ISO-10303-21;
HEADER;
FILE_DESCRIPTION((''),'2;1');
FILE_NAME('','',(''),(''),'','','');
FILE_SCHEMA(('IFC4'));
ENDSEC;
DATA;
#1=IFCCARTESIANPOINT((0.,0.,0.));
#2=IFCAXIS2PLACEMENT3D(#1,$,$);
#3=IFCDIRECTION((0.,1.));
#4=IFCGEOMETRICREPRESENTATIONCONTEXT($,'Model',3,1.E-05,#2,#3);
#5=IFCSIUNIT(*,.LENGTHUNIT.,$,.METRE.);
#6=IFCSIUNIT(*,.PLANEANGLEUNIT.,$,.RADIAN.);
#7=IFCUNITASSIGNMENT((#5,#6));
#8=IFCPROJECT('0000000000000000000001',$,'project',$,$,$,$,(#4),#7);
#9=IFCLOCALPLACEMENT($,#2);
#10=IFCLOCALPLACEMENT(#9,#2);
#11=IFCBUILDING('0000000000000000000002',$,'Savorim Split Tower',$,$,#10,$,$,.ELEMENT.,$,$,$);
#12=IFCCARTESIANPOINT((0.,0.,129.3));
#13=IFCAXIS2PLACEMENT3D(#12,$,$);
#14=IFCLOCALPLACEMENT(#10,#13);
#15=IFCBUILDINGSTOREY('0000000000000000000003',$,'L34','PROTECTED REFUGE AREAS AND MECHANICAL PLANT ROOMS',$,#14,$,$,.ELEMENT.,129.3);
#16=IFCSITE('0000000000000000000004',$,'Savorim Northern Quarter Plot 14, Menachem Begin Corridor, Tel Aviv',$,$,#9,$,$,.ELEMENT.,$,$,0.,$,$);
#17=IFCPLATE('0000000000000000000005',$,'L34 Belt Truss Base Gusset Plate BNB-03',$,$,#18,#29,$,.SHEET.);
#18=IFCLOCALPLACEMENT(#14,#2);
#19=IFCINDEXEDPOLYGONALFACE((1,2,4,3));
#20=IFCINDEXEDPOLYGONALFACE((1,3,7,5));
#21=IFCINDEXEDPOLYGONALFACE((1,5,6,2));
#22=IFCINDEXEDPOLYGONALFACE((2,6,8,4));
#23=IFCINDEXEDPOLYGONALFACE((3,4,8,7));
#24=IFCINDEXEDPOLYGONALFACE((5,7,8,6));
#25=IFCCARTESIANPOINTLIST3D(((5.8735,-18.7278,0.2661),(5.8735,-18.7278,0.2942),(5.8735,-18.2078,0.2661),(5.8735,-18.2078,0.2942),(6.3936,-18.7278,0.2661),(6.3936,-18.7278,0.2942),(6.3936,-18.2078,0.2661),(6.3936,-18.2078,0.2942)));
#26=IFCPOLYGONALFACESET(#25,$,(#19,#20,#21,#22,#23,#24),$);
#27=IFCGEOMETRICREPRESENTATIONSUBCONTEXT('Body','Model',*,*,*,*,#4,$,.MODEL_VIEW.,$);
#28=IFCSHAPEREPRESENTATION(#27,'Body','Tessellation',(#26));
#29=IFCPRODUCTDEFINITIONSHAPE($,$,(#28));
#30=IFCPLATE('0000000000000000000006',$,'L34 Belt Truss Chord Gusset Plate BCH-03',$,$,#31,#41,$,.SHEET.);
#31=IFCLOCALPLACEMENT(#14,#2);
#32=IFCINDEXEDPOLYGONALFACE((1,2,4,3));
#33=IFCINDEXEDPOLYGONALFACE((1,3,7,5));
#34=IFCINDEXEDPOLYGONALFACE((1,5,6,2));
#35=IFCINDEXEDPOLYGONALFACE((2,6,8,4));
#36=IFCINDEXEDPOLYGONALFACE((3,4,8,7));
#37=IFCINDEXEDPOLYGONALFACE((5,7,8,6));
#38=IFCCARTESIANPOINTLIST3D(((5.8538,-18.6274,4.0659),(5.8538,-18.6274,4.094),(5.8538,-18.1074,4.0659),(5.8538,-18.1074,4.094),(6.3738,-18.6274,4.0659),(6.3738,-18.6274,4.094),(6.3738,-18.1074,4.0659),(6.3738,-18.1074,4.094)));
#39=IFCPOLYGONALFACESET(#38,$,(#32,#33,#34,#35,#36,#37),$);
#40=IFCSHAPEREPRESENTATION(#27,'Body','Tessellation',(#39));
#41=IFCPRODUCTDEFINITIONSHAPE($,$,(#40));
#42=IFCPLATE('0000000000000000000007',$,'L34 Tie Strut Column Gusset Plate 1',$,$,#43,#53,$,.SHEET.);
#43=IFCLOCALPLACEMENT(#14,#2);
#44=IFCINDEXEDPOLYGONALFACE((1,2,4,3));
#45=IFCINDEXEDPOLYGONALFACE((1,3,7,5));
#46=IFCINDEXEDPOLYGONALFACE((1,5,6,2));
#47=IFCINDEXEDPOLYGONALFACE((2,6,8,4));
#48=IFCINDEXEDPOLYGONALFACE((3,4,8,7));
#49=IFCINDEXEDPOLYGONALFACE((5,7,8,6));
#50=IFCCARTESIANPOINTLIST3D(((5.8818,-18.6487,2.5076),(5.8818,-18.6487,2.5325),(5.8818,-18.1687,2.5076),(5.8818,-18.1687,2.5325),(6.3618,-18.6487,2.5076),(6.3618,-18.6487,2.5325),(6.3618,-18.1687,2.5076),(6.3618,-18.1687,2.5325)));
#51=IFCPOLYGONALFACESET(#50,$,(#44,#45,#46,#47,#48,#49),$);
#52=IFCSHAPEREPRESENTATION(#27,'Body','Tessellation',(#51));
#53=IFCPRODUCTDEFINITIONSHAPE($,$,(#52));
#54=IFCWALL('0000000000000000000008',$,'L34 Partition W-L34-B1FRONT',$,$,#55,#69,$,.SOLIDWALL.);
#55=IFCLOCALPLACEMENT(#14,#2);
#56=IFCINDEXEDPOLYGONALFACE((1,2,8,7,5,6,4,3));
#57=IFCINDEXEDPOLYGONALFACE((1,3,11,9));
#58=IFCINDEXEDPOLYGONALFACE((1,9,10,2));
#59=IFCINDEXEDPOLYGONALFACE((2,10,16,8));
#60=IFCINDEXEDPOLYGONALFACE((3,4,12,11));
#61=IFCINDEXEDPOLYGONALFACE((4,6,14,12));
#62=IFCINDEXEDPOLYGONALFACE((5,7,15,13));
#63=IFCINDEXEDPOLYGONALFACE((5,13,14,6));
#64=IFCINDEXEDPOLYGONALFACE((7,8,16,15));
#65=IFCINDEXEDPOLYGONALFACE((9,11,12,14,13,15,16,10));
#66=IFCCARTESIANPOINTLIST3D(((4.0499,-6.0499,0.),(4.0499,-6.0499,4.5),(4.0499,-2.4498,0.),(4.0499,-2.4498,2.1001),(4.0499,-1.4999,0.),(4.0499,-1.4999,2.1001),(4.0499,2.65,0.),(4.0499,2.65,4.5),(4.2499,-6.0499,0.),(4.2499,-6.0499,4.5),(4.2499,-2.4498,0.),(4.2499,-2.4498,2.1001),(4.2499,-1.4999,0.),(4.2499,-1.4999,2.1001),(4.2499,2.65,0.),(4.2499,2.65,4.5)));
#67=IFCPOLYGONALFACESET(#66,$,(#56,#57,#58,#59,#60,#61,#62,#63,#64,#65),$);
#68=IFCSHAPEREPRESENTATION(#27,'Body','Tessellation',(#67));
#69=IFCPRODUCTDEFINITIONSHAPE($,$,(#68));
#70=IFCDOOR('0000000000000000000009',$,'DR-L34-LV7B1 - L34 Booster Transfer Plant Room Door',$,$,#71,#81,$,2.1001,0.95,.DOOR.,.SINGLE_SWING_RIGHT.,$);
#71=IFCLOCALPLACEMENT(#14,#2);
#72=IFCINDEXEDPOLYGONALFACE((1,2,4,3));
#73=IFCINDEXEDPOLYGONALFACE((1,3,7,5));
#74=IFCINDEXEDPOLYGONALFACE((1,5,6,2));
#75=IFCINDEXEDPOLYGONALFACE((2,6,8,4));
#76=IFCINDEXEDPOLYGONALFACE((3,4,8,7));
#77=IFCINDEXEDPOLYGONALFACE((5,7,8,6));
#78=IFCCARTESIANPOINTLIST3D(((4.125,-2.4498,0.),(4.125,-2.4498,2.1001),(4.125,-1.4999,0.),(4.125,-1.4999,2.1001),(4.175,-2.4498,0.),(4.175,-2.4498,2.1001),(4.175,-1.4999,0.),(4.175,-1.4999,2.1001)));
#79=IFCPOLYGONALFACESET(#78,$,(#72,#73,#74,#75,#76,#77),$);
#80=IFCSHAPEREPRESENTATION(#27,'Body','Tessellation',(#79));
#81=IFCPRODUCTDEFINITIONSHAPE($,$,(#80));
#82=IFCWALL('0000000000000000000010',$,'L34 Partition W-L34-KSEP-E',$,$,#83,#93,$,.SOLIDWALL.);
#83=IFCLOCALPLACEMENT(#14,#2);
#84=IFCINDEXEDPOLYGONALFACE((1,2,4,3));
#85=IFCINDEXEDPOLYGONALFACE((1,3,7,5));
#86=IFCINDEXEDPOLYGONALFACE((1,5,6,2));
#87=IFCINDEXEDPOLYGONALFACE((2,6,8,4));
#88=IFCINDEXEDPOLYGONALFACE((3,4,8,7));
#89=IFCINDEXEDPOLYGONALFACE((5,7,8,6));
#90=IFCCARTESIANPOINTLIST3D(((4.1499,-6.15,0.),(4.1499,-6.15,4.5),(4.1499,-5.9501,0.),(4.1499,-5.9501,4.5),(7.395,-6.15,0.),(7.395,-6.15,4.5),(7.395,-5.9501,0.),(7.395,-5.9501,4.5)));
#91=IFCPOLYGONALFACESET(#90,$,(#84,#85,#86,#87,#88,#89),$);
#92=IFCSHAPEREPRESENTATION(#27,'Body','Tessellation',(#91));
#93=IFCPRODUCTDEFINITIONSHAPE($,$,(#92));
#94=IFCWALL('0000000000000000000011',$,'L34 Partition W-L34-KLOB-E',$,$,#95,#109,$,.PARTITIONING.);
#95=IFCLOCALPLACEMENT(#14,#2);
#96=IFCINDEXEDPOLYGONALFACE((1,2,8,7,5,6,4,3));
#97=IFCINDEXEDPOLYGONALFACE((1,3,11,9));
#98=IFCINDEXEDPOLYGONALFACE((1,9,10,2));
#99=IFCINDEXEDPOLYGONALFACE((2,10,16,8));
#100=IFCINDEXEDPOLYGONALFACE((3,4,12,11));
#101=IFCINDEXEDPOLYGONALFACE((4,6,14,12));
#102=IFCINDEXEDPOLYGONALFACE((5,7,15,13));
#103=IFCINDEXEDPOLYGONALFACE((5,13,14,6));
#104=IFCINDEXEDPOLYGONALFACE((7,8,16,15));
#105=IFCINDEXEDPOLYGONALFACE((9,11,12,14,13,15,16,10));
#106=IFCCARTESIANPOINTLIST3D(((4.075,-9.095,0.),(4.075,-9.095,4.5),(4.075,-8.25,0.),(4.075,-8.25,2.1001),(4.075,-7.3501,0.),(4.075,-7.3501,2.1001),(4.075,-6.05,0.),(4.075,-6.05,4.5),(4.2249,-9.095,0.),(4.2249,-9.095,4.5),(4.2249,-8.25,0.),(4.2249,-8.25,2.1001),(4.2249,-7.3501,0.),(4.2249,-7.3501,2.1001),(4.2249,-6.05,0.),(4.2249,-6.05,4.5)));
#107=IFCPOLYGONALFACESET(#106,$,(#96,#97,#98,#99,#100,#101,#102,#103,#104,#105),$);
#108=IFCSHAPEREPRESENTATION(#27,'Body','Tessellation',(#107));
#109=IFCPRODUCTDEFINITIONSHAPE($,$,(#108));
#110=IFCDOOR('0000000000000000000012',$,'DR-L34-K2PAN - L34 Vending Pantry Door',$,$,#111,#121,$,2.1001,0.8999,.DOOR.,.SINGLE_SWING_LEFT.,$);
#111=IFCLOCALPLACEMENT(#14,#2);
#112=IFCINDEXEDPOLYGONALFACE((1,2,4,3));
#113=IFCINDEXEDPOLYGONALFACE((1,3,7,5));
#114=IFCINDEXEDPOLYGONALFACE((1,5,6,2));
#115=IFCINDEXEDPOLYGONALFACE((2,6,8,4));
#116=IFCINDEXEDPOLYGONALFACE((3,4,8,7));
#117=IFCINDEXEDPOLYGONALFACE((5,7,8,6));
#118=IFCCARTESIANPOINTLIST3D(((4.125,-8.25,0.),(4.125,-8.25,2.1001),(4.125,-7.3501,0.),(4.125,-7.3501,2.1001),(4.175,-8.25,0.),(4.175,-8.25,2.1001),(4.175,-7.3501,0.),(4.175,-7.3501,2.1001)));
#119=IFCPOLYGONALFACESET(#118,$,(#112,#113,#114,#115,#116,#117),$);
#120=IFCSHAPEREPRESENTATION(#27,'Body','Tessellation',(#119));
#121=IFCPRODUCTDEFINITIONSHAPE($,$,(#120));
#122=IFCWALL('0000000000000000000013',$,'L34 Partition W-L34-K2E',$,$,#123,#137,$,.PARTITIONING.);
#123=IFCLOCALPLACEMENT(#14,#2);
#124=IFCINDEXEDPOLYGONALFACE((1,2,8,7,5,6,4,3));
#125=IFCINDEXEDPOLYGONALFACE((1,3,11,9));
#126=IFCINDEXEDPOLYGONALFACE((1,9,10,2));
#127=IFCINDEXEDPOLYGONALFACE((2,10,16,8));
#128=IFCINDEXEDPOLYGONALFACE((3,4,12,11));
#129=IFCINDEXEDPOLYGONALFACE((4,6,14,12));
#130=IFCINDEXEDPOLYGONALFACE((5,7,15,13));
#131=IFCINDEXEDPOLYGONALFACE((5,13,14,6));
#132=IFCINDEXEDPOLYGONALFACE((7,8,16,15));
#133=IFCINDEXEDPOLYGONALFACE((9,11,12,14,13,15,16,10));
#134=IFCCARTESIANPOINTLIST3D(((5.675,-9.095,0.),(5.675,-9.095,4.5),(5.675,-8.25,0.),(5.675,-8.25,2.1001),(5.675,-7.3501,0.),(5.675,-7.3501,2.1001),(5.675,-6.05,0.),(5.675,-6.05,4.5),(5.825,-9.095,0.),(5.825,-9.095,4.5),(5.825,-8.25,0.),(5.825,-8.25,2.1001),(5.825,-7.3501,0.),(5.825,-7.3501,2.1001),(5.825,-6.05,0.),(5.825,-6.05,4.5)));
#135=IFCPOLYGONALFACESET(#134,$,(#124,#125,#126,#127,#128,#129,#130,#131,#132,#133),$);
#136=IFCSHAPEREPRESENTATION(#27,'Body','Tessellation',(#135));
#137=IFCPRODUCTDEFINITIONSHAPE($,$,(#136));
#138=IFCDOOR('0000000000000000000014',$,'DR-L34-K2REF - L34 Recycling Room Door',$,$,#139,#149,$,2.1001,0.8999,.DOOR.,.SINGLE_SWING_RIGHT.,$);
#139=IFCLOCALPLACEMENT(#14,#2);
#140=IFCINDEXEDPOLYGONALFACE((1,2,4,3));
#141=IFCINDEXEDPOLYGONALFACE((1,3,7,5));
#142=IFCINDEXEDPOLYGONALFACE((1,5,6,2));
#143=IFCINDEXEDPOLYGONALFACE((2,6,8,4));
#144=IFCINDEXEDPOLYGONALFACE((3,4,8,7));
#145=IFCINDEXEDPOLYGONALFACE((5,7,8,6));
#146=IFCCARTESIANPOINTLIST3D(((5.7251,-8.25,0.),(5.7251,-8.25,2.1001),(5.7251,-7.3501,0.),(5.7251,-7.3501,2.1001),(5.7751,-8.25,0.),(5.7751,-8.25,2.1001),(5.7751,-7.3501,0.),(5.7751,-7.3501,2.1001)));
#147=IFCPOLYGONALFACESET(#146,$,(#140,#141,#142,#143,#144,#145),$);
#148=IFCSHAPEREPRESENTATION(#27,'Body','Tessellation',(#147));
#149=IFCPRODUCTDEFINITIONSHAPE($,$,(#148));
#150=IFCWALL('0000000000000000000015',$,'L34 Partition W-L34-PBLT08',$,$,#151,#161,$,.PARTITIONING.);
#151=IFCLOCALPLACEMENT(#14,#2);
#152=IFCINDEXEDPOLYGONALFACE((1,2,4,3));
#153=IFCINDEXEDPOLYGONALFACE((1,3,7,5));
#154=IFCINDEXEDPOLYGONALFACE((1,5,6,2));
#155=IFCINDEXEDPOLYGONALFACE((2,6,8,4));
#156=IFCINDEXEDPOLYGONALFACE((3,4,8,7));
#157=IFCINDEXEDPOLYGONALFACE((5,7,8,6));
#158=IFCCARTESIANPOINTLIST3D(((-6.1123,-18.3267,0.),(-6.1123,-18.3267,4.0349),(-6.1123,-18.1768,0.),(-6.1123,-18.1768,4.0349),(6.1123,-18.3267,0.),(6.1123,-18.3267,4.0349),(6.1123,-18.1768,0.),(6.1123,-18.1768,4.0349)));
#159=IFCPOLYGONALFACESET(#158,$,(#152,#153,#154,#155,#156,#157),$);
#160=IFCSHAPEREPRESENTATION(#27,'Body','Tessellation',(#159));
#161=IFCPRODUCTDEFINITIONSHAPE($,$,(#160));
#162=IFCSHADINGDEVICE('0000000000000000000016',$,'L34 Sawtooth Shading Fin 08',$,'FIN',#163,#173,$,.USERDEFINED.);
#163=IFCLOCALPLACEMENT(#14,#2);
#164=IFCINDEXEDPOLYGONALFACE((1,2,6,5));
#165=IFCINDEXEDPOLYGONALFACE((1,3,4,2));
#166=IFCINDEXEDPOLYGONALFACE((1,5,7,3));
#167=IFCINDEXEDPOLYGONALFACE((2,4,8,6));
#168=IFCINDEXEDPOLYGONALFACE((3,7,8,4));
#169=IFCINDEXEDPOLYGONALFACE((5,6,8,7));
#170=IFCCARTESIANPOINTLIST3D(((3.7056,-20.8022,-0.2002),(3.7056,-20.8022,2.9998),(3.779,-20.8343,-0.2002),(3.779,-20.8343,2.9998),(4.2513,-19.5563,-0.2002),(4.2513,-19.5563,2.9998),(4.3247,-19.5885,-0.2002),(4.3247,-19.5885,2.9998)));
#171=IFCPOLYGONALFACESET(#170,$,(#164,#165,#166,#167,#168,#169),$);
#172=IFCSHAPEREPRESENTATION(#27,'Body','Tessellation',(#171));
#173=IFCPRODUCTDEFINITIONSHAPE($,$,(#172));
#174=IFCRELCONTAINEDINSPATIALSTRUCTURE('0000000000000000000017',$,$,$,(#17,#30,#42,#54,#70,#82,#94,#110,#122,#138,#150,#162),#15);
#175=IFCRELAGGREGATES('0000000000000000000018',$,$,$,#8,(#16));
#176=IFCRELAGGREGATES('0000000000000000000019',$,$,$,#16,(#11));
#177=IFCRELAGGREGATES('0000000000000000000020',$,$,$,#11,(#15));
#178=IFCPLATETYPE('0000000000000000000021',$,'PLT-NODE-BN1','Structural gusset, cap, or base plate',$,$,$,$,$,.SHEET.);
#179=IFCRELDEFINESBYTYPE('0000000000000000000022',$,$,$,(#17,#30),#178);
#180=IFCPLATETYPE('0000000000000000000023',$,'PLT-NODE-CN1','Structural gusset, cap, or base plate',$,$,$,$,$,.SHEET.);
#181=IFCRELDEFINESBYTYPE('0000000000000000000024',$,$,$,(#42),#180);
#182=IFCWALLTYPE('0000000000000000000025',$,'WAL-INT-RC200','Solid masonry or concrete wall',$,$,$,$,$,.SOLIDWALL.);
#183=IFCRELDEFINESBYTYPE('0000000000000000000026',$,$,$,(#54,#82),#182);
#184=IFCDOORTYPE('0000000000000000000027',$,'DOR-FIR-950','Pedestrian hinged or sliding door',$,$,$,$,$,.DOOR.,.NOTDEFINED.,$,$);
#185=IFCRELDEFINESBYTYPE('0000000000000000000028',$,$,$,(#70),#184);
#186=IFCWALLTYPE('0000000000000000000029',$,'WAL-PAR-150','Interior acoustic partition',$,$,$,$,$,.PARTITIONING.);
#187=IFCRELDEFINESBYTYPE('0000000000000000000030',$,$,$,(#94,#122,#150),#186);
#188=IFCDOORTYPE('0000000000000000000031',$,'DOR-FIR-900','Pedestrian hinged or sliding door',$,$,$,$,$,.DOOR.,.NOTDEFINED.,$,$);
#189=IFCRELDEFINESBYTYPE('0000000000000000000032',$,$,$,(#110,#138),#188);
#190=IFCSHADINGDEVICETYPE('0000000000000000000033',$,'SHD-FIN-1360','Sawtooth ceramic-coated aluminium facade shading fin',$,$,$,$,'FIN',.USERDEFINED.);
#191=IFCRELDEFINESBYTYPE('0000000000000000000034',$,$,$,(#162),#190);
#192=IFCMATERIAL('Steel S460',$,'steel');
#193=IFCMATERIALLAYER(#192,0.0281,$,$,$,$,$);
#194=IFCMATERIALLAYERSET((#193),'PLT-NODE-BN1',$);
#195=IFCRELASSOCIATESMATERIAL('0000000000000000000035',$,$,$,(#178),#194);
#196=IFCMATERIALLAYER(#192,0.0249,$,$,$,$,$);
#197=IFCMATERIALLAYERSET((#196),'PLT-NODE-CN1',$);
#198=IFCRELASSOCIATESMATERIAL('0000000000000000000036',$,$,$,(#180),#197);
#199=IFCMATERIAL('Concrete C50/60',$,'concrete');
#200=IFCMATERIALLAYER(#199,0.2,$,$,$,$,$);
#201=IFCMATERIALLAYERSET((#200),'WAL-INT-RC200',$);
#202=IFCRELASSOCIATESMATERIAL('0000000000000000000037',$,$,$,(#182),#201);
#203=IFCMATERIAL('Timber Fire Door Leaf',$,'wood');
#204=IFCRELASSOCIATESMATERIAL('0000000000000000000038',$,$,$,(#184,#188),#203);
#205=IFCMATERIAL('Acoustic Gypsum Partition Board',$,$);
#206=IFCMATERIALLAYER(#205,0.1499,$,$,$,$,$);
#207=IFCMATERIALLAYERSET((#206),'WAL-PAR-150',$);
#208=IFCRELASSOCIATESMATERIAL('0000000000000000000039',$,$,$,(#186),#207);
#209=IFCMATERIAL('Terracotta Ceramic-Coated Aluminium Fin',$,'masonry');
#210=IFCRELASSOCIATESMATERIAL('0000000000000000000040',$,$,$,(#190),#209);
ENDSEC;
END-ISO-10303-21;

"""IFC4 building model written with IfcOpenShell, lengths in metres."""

from ifc_helpers import new_model, si_unit, direction, frame, frame_2d, origin, origin_2d, place, context, subcontext, project, spatial, rectangle, extrude, material, layer, layer_set, type_object, element, fill, save


model = new_model("IFC4")

# Units and contexts
model_context = context("Model", 3, precision=1e-05, world=origin(), true_north=direction((0.0, 1.0)))
body_context = subcontext(model_context, "Body", "Model", "MODEL_VIEW")
ifc_project = project(units=[si_unit("LENGTHUNIT", "METRE"), si_unit("PLANEANGLEUNIT", "RADIAN")], contexts=[model_context])

# Site, building, storey
site_placement = place(None, origin())
site = spatial("IfcSite", under=ifc_project, at=site_placement, Name="Savorim Northern Quarter Plot 14, Menachem Begin Corridor, Tel Aviv", CompositionType="ELEMENT", RefElevation=0.0)
building_placement = place(site_placement, origin())
building = spatial("IfcBuilding", under=site, at=building_placement, Name="Savorim Split Tower", CompositionType="ELEMENT")
storey_placement = place(building_placement, frame((0.0, 0.0, 129.3)))
storey = spatial("IfcBuildingStorey", under=building, at=storey_placement, Name="L34", Description="PROTECTED REFUGE AREAS AND MECHANICAL PLANT ROOMS", CompositionType="ELEMENT", Elevation=129.3)

# Shared definitions
ifc_material_1 = material(Name="Steel S460", Category="steel")

# Plates
ifc_layer_1 = layer(ifc_material_1, 0.0281)
ifc_layer_set_1 = layer_set([ifc_layer_1], Name="PLT-NODE-BN1")
plate_type_1 = type_object("IfcPlateType", Name="PLT-NODE-BN1", Description="Structural gusset, cap, or base plate", PredefinedType="SHEET", material=ifc_layer_set_1)
for number, where, z_axis, x_axis, name in (
    (1, (6.1335, -18.4678, 0.2661), (0.0, 0.0, 1.0), (1.0, 0.0, 0.0), "L34 Belt Truss Base Gusset Plate BNB-03"),
    (2, (6.1138, -18.3674, 4.0659), (0.0, 0.0, 1.0), (1.0, 0.0, 0.0), "L34 Belt Truss Chord Gusset Plate BCH-03"),
):
    element("IfcPlate", number, at=place(storey_placement, frame(where, z_axis=z_axis, x_axis=x_axis)), inside=storey, type_object=plate_type_1, Name=name, PredefinedType="SHEET", context=body_context, shape_type="SweptSolid", body=[
        extrude(rectangle(XDim=0.52, YDim=0.52, at=origin_2d()), origin(), (0.0, 0.0, 1.0), 0.0281),
    ])
ifc_layer_2 = layer(ifc_material_1, 0.0249)
ifc_layer_set_2 = layer_set([ifc_layer_2], Name="PLT-NODE-CN1")
plate_type_2 = type_object("IfcPlateType", Name="PLT-NODE-CN1", Description="Structural gusset, cap, or base plate", PredefinedType="SHEET", material=ifc_layer_set_2)
plate_1_placement = place(storey_placement, frame((6.1218, -18.4087, 2.5076), z_axis=(0.0, 0.0, 1.0), x_axis=(1.0, 0.0, 0.0)))
element("IfcPlate", 3, at=plate_1_placement, inside=storey, type_object=plate_type_2, Name="L34 Tie Strut Column Gusset Plate 1", PredefinedType="SHEET", context=body_context, shape_type="SweptSolid", body=[
    extrude(rectangle(XDim=0.48, YDim=0.48, at=origin_2d()), origin(), (0.0, 0.0, 1.0), 0.0249),
])

# Wall, opening, door
ifc_material_2 = material(Name="Concrete C50/60", Category="concrete")
ifc_layer_3 = layer(ifc_material_2, 0.2)
ifc_layer_set_3 = layer_set([ifc_layer_3], Name="WAL-INT-RC200")
wall_type_1 = type_object("IfcWallType", Name="WAL-INT-RC200", Description="Solid masonry or concrete wall", PredefinedType="SOLIDWALL", material=ifc_layer_set_3)
wall_1_placement = place(storey_placement, frame((4.1499, -6.05, 0.0), z_axis=(0.0, 0.0, 1.0), x_axis=(0.0, 1.0, 0.0)))
wall_1 = element("IfcWall", 4, at=wall_1_placement, inside=storey, type_object=wall_type_1, Name="L34 Partition W-L34-B1FRONT", PredefinedType="SOLIDWALL", context=body_context, shape_type="SweptSolid", body=[
    extrude(rectangle(XDim=8.7, YDim=0.2, at=frame_2d((4.3501, 0.0))), origin(), (0.0, 0.0, 1.0), 4.5),
])
opening_1_placement = place(wall_1_placement, frame((3.6001, 0.0, 0.0)))
opening_1 = element("IfcOpeningElement", 5, at=opening_1_placement, cuts=wall_1, PredefinedType="OPENING", context=body_context, shape_type="SweptSolid", body=[
    extrude(rectangle(XDim=0.95, YDim=2.1001, at=frame_2d((0.4751, 1.05))), frame((0.0, 0.1099, 0.0), z_axis=(0.0, -1.0, 0.0), x_axis=(1.0, 0.0, 0.0)), (0.0, 0.0, 1.0), 0.22),
])
ifc_material_3 = material(Name="Timber Fire Door Leaf", Category="wood")
door_type_1 = type_object("IfcDoorType", Name="DOR-FIR-950", Description="Pedestrian hinged or sliding door", OperationType="NOTDEFINED", PredefinedType="DOOR", material=ifc_material_3)
door_1_placement = place(opening_1_placement, origin())
door_1 = element("IfcDoor", 6, at=door_1_placement, inside=storey, type_object=door_type_1, Name="DR-L34-LV7B1 - L34 Booster Transfer Plant Room Door", OperationType="SINGLE_SWING_RIGHT", OverallHeight=2.1001, OverallWidth=0.95, PredefinedType="DOOR", context=body_context, shape_type="SweptSolid", body=[
    extrude(rectangle(XDim=0.95, YDim=2.1001, at=frame_2d((0.4751, 1.05))), frame((0.0, 0.0249, 0.0), z_axis=(0.0, -1.0, 0.0), x_axis=(1.0, 0.0, 0.0)), (0.0, 0.0, 1.0), 0.05),
])
fill(opening_1, door_1)

# Wall
wall_2_placement = place(storey_placement, frame((4.1499, -6.05, 0.0), z_axis=(0.0, 0.0, 1.0), x_axis=(1.0, 0.0, 0.0)))
element("IfcWall", 7, at=wall_2_placement, inside=storey, type_object=wall_type_1, Name="L34 Partition W-L34-KSEP-E", PredefinedType="SOLIDWALL", context=body_context, shape_type="SweptSolid", body=[
    extrude(rectangle(XDim=3.2451, YDim=0.2, at=frame_2d((1.6226, 0.0))), origin(), (0.0, 0.0, 1.0), 4.5),
])

# Walls, openings, doors
ifc_material_4 = material(Name="Acoustic Gypsum Partition Board")
ifc_layer_4 = layer(ifc_material_4, 0.1499)
ifc_layer_set_4 = layer_set([ifc_layer_4], Name="WAL-PAR-150")
wall_type_2 = type_object("IfcWallType", Name="WAL-PAR-150", Description="Interior acoustic partition", PredefinedType="PARTITIONING", material=ifc_layer_set_4)
wall_3_placement = place(storey_placement, frame((4.1499, -9.095, 0.0), z_axis=(0.0, 0.0, 1.0), x_axis=(0.0, 1.0, 0.0)))
wall_3 = element("IfcWall", 8, at=wall_3_placement, inside=storey, type_object=wall_type_2, Name="L34 Partition W-L34-KLOB-E", PredefinedType="PARTITIONING", context=body_context, shape_type="SweptSolid", body=[
    extrude(rectangle(XDim=3.0449, YDim=0.1499, at=frame_2d((1.5225, 0.0))), origin(), (0.0, 0.0, 1.0), 4.5),
])
opening_2_placement = place(wall_3_placement, frame((0.845, 0.0, 0.0)))
opening_2 = element("IfcOpeningElement", 9, at=opening_2_placement, cuts=wall_3, PredefinedType="OPENING", context=body_context, shape_type="SweptSolid", body=[
    extrude(rectangle(XDim=0.8999, YDim=2.1001, at=frame_2d((0.45, 1.05))), frame((0.0, 0.085, 0.0), z_axis=(0.0, -1.0, 0.0), x_axis=(1.0, 0.0, 0.0)), (0.0, 0.0, 1.0), 0.1699),
])
door_type_2 = type_object("IfcDoorType", Name="DOR-FIR-900", Description="Pedestrian hinged or sliding door", OperationType="NOTDEFINED", PredefinedType="DOOR", material=ifc_material_3)
door_2_placement = place(opening_2_placement, origin())
door_2 = element("IfcDoor", 10, at=door_2_placement, inside=storey, type_object=door_type_2, Name="DR-L34-K2PAN - L34 Vending Pantry Door", OperationType="SINGLE_SWING_LEFT", OverallHeight=2.1001, OverallWidth=0.8999, PredefinedType="DOOR", context=body_context, shape_type="SweptSolid", body=[
    extrude(rectangle(XDim=0.8999, YDim=2.1001, at=frame_2d((0.45, 1.05))), frame((0.0, 0.0249, 0.0), z_axis=(0.0, -1.0, 0.0), x_axis=(1.0, 0.0, 0.0)), (0.0, 0.0, 1.0), 0.05),
])
fill(opening_2, door_2)
wall_4_placement = place(storey_placement, frame((5.75, -9.095, 0.0), z_axis=(0.0, 0.0, 1.0), x_axis=(0.0, 1.0, 0.0)))
wall_4 = element("IfcWall", 11, at=wall_4_placement, inside=storey, type_object=wall_type_2, Name="L34 Partition W-L34-K2E", PredefinedType="PARTITIONING", context=body_context, shape_type="SweptSolid", body=[
    extrude(rectangle(XDim=3.0449, YDim=0.1499, at=frame_2d((1.5225, 0.0))), origin(), (0.0, 0.0, 1.0), 4.5),
])
opening_3_placement = place(wall_4_placement, frame((0.845, 0.0, 0.0)))
opening_3 = element("IfcOpeningElement", 12, at=opening_3_placement, cuts=wall_4, PredefinedType="OPENING", context=body_context, shape_type="SweptSolid", body=[
    extrude(rectangle(XDim=0.8999, YDim=2.1001, at=frame_2d((0.45, 1.05))), frame((0.0, 0.085, 0.0), z_axis=(0.0, -1.0, 0.0), x_axis=(1.0, 0.0, 0.0)), (0.0, 0.0, 1.0), 0.1699),
])
door_3_placement = place(opening_3_placement, origin())
door_3 = element("IfcDoor", 13, at=door_3_placement, inside=storey, type_object=door_type_2, Name="DR-L34-K2REF - L34 Recycling Room Door", OperationType="SINGLE_SWING_RIGHT", OverallHeight=2.1001, OverallWidth=0.8999, PredefinedType="DOOR", context=body_context, shape_type="SweptSolid", body=[
    extrude(rectangle(XDim=0.8999, YDim=2.1001, at=frame_2d((0.45, 1.05))), frame((0.0, 0.0249, 0.0), z_axis=(0.0, -1.0, 0.0), x_axis=(1.0, 0.0, 0.0)), (0.0, 0.0, 1.0), 0.05),
])
fill(opening_3, door_3)

# Wall
wall_5_placement = place(storey_placement, frame((6.1123, -18.2517, 0.0), z_axis=(0.0, 0.0, 1.0), x_axis=(-1.0, 0.0, 0.0)))
element("IfcWall", 14, at=wall_5_placement, inside=storey, type_object=wall_type_2, Name="L34 Partition W-L34-PBLT08", PredefinedType="PARTITIONING", context=body_context, shape_type="SweptSolid", body=[
    extrude(rectangle(XDim=12.2246, YDim=0.1499, at=frame_2d((6.1123, 0.0))), origin(), (0.0, 0.0, 1.0), 4.0349),
])

# Shading device
ifc_material_5 = material(Name="Terracotta Ceramic-Coated Aluminium Fin", Category="masonry")
shading_device_type = type_object("IfcShadingDeviceType", Name="SHD-FIN-1360", Description="Sawtooth ceramic-coated aluminium facade shading fin", ElementType="FIN", PredefinedType="USERDEFINED", material=ifc_material_5)
shading_device_placement = place(storey_placement, frame((4.0151, -20.1953, -0.2002), z_axis=(0.0, 0.0, 1.0), x_axis=(-0.40123, -0.915977, 0.0)))
element("IfcShadingDevice", 15, at=shading_device_placement, inside=storey, type_object=shading_device_type, Name="L34 Sawtooth Shading Fin 08", ObjectType="FIN", PredefinedType="USERDEFINED", context=body_context, shape_type="SweptSolid", body=[
    extrude(rectangle(XDim=1.3601, YDim=0.0801, at=origin_2d()), origin(), (0.0, 0.0, 1.0), 3.2),
])

save(model, "model.ifc")
